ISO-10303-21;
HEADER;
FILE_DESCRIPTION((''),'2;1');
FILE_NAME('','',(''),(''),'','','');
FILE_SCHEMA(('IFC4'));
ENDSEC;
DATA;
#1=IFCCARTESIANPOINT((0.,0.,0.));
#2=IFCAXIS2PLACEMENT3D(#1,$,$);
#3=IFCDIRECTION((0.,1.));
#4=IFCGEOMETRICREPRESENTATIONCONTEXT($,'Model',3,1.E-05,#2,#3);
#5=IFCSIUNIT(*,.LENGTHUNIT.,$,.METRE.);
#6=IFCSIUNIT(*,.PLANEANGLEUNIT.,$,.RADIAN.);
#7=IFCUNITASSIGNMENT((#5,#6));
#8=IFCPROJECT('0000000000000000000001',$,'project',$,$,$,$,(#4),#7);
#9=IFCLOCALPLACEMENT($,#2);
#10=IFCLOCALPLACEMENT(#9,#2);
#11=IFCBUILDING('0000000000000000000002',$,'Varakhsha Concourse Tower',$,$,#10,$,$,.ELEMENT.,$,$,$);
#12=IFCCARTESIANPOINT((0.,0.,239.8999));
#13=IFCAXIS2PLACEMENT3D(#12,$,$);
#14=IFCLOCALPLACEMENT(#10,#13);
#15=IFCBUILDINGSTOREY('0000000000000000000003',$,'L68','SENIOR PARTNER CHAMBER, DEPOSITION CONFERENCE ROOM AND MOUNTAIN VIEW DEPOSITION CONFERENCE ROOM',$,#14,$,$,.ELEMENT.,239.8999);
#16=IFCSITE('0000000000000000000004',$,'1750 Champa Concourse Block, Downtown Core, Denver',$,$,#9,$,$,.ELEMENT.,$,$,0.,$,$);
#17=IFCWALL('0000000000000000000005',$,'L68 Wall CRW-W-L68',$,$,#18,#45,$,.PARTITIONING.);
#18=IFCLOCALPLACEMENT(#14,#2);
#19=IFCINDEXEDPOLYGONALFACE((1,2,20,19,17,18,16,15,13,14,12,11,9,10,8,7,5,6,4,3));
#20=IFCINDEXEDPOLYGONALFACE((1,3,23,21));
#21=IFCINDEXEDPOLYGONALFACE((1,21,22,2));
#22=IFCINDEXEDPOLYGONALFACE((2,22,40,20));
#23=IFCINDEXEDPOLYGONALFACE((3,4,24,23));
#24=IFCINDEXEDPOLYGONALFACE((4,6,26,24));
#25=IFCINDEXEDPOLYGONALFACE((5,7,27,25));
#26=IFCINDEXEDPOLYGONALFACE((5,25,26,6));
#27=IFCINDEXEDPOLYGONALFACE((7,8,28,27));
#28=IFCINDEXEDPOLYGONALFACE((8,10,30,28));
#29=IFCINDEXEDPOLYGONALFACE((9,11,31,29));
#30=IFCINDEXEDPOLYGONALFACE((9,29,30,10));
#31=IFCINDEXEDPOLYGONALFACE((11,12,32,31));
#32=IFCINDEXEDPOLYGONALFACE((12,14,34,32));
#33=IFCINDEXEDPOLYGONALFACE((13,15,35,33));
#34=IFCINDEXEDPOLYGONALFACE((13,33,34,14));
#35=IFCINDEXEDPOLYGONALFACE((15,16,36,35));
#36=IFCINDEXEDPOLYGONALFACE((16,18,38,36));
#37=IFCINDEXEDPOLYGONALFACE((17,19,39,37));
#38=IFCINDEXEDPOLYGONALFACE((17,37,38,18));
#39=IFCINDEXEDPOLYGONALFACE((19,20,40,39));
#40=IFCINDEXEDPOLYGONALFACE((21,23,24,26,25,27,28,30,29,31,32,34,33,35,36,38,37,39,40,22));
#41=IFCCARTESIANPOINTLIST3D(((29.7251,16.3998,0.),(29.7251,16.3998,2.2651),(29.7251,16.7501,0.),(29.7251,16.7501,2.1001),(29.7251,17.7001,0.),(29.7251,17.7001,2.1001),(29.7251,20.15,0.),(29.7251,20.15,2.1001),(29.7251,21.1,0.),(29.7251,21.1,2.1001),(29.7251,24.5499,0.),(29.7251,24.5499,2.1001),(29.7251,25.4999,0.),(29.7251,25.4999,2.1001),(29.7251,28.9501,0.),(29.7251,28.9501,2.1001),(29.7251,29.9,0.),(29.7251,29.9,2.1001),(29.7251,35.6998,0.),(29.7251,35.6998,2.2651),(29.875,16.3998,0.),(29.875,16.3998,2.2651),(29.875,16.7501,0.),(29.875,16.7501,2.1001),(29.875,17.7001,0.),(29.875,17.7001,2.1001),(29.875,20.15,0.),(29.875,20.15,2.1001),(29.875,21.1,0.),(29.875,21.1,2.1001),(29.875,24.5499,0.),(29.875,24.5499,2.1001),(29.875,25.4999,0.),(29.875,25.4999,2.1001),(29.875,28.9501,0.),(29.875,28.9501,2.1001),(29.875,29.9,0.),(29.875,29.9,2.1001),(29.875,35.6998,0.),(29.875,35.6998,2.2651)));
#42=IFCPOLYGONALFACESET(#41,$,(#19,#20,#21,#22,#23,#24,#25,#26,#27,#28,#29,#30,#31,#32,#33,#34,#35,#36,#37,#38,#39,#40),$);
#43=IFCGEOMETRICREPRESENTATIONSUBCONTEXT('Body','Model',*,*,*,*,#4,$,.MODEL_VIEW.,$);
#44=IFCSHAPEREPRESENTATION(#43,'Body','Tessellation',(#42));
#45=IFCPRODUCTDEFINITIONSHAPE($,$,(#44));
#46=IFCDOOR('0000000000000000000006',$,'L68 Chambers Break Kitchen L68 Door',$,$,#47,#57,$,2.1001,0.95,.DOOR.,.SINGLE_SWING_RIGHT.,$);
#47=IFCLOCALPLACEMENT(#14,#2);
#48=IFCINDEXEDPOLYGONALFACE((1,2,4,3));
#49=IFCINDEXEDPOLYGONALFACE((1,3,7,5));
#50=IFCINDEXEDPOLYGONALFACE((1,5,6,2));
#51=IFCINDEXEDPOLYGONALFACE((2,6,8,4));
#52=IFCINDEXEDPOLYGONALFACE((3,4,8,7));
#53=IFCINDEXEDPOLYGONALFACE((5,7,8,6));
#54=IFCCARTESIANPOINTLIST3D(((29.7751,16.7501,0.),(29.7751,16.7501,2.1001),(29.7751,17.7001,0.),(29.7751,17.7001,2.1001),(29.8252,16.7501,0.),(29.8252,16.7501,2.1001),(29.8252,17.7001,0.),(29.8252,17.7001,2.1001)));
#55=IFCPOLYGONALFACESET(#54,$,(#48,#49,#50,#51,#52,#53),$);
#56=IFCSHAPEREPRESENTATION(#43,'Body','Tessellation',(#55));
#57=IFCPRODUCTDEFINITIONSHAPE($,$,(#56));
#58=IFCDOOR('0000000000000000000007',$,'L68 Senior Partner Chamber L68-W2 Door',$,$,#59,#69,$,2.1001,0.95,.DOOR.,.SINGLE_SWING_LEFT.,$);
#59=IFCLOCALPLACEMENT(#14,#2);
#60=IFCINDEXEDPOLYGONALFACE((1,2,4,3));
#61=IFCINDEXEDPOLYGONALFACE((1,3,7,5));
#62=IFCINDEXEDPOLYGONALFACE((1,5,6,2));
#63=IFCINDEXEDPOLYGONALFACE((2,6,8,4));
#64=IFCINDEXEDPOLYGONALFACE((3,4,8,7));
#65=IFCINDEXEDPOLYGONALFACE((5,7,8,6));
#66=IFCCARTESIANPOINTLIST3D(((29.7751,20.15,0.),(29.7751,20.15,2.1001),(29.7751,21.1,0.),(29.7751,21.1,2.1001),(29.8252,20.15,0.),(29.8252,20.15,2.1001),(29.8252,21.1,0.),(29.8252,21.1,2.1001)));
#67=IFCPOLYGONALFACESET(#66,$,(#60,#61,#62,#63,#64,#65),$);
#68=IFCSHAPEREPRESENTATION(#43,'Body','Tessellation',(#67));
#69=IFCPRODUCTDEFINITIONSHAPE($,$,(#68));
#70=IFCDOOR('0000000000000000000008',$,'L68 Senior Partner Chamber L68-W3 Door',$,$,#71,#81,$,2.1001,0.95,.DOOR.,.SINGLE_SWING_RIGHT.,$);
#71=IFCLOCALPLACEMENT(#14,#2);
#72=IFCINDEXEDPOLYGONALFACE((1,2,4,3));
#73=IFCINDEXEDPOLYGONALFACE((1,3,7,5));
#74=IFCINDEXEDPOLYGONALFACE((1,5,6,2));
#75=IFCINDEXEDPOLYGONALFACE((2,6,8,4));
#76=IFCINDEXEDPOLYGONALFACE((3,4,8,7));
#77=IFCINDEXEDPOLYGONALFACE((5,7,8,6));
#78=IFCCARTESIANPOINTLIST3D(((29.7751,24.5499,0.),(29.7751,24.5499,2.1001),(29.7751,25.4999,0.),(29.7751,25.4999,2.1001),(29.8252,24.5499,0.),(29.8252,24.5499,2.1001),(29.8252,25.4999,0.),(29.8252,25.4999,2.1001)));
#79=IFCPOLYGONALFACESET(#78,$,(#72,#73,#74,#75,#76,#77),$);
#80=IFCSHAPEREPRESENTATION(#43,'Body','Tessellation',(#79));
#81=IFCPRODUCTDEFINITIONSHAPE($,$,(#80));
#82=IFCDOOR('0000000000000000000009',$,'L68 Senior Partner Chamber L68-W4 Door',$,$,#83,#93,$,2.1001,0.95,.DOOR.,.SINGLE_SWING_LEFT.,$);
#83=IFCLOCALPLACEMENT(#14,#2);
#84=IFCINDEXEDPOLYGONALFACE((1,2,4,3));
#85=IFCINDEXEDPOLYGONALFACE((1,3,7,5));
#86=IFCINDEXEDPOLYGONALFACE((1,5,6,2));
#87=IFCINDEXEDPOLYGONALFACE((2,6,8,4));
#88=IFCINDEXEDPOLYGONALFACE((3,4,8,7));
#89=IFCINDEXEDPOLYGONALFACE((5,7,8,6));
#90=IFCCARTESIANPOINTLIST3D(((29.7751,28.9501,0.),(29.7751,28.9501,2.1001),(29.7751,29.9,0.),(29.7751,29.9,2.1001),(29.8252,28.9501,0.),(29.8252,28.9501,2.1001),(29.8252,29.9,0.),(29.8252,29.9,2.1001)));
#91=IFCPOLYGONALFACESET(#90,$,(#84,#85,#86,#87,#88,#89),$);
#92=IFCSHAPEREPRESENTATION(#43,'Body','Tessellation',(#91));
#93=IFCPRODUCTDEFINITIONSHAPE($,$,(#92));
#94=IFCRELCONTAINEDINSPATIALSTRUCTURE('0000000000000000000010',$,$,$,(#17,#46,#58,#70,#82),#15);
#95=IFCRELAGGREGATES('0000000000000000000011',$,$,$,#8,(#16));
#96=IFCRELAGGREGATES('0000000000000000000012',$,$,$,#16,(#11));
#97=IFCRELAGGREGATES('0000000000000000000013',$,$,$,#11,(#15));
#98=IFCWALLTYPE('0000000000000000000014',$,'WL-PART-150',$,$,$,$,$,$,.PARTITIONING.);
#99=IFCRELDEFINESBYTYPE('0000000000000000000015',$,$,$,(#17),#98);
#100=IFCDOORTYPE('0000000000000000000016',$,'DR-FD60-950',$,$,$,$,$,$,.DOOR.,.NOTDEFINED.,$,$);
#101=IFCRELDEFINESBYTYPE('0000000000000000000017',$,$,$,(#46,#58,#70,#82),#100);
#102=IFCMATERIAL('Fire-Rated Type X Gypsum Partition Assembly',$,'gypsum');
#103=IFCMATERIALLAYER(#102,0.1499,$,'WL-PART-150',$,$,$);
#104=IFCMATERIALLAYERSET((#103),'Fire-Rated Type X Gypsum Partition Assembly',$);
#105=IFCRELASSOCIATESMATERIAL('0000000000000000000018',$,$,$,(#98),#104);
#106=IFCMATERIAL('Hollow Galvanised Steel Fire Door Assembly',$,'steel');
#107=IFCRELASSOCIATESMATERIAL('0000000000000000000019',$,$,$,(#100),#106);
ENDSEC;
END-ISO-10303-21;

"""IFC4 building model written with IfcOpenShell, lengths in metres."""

from ifc_helpers import new_model, si_unit, direction, frame, frame_2d, origin, place, context, subcontext, project, spatial, rectangle, extrude, material, layer, layer_set, type_object, element, fill, save


model = new_model("IFC4")

# Units and contexts
model_context = context("Model", 3, precision=1e-05, world=origin(), true_north=direction((0.0, 1.0)))
body_context = subcontext(model_context, "Body", "Model", "MODEL_VIEW")
ifc_project = project(units=[si_unit("LENGTHUNIT", "METRE"), si_unit("PLANEANGLEUNIT", "RADIAN")], contexts=[model_context])

# Site, building, storey
site_placement = place(None, origin())
site = spatial("IfcSite", under=ifc_project, at=site_placement, Name="1750 Champa Concourse Block, Downtown Core, Denver", CompositionType="ELEMENT", RefElevation=0.0)
building_placement = place(site_placement, origin())
building = spatial("IfcBuilding", under=site, at=building_placement, Name="Varakhsha Concourse Tower", CompositionType="ELEMENT")
storey_placement = place(building_placement, frame((0.0, 0.0, 239.8999)))
storey = spatial("IfcBuildingStorey", under=building, at=storey_placement, Name="L68", Description="SENIOR PARTNER CHAMBER, DEPOSITION CONFERENCE ROOM AND MOUNTAIN VIEW DEPOSITION CONFERENCE ROOM", CompositionType="ELEMENT", Elevation=239.8999)

# Wall, openings, doors
ifc_material_1 = material(Name="Fire-Rated Type X Gypsum Partition Assembly", Category="gypsum")
ifc_layer_1 = layer(ifc_material_1, 0.1499, Name="WL-PART-150")
ifc_layer_set_1 = layer_set([ifc_layer_1], Name="Fire-Rated Type X Gypsum Partition Assembly")
wall_type = type_object("IfcWallType", Name="WL-PART-150", PredefinedType="PARTITIONING", material=ifc_layer_set_1)
wall_1_placement = place(storey_placement, frame((29.8, 16.3999, 0.0), z_axis=(0.0, 0.0, 1.0), x_axis=(0.0, 1.0, 0.0)))
wall_1 = element("IfcWall", 1, at=wall_1_placement, inside=storey, type_object=wall_type, Name="L68 Wall CRW-W-L68", PredefinedType="PARTITIONING", context=body_context, shape_type="SweptSolid", body=[
    extrude(rectangle(XDim=19.3, YDim=0.1499, at=frame_2d((9.6499, 0.0))), origin(), (0.0, 0.0, 1.0), 2.2651),
])
opening_1_placement = place(wall_1_placement, frame((0.3501, 0.0, 0.0)))
opening_1 = element("IfcOpeningElement", 2, at=opening_1_placement, cuts=wall_1, PredefinedType="OPENING", context=body_context, shape_type="SweptSolid", body=[
    extrude(rectangle(XDim=0.95, YDim=2.1001, at=frame_2d((0.4751, 1.05))), frame((0.0, 0.085, 0.0), z_axis=(0.0, -1.0, 0.0), x_axis=(1.0, 0.0, 0.0)), (0.0, 0.0, 1.0), 0.1699),
])
opening_2_placement = place(wall_1_placement, frame((3.75, 0.0, 0.0)))
opening_2 = element("IfcOpeningElement", 3, at=opening_2_placement, cuts=wall_1, PredefinedType="OPENING", context=body_context, shape_type="SweptSolid", body=[
    extrude(rectangle(XDim=0.95, YDim=2.1001, at=frame_2d((0.4751, 1.05))), frame((0.0, 0.085, 0.0), z_axis=(0.0, -1.0, 0.0), x_axis=(1.0, 0.0, 0.0)), (0.0, 0.0, 1.0), 0.1699),
])
opening_3_placement = place(wall_1_placement, frame((8.1499, 0.0, 0.0)))
opening_3 = element("IfcOpeningElement", 4, at=opening_3_placement, cuts=wall_1, PredefinedType="OPENING", context=body_context, shape_type="SweptSolid", body=[
    extrude(rectangle(XDim=0.95, YDim=2.1001, at=frame_2d((0.4751, 1.05))), frame((0.0, 0.085, 0.0), z_axis=(0.0, -1.0, 0.0), x_axis=(1.0, 0.0, 0.0)), (0.0, 0.0, 1.0), 0.1699),
])
opening_4_placement = place(wall_1_placement, frame((12.55, 0.0, 0.0)))
opening_4 = element("IfcOpeningElement", 5, at=opening_4_placement, cuts=wall_1, PredefinedType="OPENING", context=body_context, shape_type="SweptSolid", body=[
    extrude(rectangle(XDim=0.95, YDim=2.1001, at=frame_2d((0.4751, 1.05))), frame((0.0, 0.085, 0.0), z_axis=(0.0, -1.0, 0.0), x_axis=(1.0, 0.0, 0.0)), (0.0, 0.0, 1.0), 0.1699),
])
ifc_material_2 = material(Name="Hollow Galvanised Steel Fire Door Assembly", Category="steel")
door_type = type_object("IfcDoorType", Name="DR-FD60-950", OperationType="NOTDEFINED", PredefinedType="DOOR", material=ifc_material_2)
door_1_placement = place(opening_1_placement, origin())
door_1 = element("IfcDoor", 6, at=door_1_placement, inside=storey, type_object=door_type, Name="L68 Chambers Break Kitchen L68 Door", OperationType="SINGLE_SWING_RIGHT", OverallHeight=2.1001, OverallWidth=0.95, PredefinedType="DOOR", context=body_context, shape_type="SweptSolid", body=[
    extrude(rectangle(XDim=0.95, YDim=2.1001, at=frame_2d((0.4751, 1.05))), frame((0.0, 0.0249, 0.0), z_axis=(0.0, -1.0, 0.0), x_axis=(1.0, 0.0, 0.0)), (0.0, 0.0, 1.0), 0.05),
])
fill(opening_1, door_1)
door_2_placement = place(opening_2_placement, origin())
door_2 = element("IfcDoor", 7, at=door_2_placement, inside=storey, type_object=door_type, Name="L68 Senior Partner Chamber L68-W2 Door", OperationType="SINGLE_SWING_LEFT", OverallHeight=2.1001, OverallWidth=0.95, PredefinedType="DOOR", context=body_context, shape_type="SweptSolid", body=[
    extrude(rectangle(XDim=0.95, YDim=2.1001, at=frame_2d((0.4751, 1.05))), frame((0.0, 0.0249, 0.0), z_axis=(0.0, -1.0, 0.0), x_axis=(1.0, 0.0, 0.0)), (0.0, 0.0, 1.0), 0.05),
])
fill(opening_2, door_2)
door_3_placement = place(opening_3_placement, origin())
door_3 = element("IfcDoor", 8, at=door_3_placement, inside=storey, type_object=door_type, Name="L68 Senior Partner Chamber L68-W3 Door", OperationType="SINGLE_SWING_RIGHT", OverallHeight=2.1001, OverallWidth=0.95, PredefinedType="DOOR", context=body_context, shape_type="SweptSolid", body=[
    extrude(rectangle(XDim=0.95, YDim=2.1001, at=frame_2d((0.4751, 1.05))), frame((0.0, 0.0249, 0.0), z_axis=(0.0, -1.0, 0.0), x_axis=(1.0, 0.0, 0.0)), (0.0, 0.0, 1.0), 0.05),
])
fill(opening_3, door_3)
door_4_placement = place(opening_4_placement, origin())
door_4 = element("IfcDoor", 9, at=door_4_placement, inside=storey, type_object=door_type, Name="L68 Senior Partner Chamber L68-W4 Door", OperationType="SINGLE_SWING_LEFT", OverallHeight=2.1001, OverallWidth=0.95, PredefinedType="DOOR", context=body_context, shape_type="SweptSolid", body=[
    extrude(rectangle(XDim=0.95, YDim=2.1001, at=frame_2d((0.4751, 1.05))), frame((0.0, 0.0249, 0.0), z_axis=(0.0, -1.0, 0.0), x_axis=(1.0, 0.0, 0.0)), (0.0, 0.0, 1.0), 0.05),
])
fill(opening_4, door_4)

save(model, "model.ifc")
